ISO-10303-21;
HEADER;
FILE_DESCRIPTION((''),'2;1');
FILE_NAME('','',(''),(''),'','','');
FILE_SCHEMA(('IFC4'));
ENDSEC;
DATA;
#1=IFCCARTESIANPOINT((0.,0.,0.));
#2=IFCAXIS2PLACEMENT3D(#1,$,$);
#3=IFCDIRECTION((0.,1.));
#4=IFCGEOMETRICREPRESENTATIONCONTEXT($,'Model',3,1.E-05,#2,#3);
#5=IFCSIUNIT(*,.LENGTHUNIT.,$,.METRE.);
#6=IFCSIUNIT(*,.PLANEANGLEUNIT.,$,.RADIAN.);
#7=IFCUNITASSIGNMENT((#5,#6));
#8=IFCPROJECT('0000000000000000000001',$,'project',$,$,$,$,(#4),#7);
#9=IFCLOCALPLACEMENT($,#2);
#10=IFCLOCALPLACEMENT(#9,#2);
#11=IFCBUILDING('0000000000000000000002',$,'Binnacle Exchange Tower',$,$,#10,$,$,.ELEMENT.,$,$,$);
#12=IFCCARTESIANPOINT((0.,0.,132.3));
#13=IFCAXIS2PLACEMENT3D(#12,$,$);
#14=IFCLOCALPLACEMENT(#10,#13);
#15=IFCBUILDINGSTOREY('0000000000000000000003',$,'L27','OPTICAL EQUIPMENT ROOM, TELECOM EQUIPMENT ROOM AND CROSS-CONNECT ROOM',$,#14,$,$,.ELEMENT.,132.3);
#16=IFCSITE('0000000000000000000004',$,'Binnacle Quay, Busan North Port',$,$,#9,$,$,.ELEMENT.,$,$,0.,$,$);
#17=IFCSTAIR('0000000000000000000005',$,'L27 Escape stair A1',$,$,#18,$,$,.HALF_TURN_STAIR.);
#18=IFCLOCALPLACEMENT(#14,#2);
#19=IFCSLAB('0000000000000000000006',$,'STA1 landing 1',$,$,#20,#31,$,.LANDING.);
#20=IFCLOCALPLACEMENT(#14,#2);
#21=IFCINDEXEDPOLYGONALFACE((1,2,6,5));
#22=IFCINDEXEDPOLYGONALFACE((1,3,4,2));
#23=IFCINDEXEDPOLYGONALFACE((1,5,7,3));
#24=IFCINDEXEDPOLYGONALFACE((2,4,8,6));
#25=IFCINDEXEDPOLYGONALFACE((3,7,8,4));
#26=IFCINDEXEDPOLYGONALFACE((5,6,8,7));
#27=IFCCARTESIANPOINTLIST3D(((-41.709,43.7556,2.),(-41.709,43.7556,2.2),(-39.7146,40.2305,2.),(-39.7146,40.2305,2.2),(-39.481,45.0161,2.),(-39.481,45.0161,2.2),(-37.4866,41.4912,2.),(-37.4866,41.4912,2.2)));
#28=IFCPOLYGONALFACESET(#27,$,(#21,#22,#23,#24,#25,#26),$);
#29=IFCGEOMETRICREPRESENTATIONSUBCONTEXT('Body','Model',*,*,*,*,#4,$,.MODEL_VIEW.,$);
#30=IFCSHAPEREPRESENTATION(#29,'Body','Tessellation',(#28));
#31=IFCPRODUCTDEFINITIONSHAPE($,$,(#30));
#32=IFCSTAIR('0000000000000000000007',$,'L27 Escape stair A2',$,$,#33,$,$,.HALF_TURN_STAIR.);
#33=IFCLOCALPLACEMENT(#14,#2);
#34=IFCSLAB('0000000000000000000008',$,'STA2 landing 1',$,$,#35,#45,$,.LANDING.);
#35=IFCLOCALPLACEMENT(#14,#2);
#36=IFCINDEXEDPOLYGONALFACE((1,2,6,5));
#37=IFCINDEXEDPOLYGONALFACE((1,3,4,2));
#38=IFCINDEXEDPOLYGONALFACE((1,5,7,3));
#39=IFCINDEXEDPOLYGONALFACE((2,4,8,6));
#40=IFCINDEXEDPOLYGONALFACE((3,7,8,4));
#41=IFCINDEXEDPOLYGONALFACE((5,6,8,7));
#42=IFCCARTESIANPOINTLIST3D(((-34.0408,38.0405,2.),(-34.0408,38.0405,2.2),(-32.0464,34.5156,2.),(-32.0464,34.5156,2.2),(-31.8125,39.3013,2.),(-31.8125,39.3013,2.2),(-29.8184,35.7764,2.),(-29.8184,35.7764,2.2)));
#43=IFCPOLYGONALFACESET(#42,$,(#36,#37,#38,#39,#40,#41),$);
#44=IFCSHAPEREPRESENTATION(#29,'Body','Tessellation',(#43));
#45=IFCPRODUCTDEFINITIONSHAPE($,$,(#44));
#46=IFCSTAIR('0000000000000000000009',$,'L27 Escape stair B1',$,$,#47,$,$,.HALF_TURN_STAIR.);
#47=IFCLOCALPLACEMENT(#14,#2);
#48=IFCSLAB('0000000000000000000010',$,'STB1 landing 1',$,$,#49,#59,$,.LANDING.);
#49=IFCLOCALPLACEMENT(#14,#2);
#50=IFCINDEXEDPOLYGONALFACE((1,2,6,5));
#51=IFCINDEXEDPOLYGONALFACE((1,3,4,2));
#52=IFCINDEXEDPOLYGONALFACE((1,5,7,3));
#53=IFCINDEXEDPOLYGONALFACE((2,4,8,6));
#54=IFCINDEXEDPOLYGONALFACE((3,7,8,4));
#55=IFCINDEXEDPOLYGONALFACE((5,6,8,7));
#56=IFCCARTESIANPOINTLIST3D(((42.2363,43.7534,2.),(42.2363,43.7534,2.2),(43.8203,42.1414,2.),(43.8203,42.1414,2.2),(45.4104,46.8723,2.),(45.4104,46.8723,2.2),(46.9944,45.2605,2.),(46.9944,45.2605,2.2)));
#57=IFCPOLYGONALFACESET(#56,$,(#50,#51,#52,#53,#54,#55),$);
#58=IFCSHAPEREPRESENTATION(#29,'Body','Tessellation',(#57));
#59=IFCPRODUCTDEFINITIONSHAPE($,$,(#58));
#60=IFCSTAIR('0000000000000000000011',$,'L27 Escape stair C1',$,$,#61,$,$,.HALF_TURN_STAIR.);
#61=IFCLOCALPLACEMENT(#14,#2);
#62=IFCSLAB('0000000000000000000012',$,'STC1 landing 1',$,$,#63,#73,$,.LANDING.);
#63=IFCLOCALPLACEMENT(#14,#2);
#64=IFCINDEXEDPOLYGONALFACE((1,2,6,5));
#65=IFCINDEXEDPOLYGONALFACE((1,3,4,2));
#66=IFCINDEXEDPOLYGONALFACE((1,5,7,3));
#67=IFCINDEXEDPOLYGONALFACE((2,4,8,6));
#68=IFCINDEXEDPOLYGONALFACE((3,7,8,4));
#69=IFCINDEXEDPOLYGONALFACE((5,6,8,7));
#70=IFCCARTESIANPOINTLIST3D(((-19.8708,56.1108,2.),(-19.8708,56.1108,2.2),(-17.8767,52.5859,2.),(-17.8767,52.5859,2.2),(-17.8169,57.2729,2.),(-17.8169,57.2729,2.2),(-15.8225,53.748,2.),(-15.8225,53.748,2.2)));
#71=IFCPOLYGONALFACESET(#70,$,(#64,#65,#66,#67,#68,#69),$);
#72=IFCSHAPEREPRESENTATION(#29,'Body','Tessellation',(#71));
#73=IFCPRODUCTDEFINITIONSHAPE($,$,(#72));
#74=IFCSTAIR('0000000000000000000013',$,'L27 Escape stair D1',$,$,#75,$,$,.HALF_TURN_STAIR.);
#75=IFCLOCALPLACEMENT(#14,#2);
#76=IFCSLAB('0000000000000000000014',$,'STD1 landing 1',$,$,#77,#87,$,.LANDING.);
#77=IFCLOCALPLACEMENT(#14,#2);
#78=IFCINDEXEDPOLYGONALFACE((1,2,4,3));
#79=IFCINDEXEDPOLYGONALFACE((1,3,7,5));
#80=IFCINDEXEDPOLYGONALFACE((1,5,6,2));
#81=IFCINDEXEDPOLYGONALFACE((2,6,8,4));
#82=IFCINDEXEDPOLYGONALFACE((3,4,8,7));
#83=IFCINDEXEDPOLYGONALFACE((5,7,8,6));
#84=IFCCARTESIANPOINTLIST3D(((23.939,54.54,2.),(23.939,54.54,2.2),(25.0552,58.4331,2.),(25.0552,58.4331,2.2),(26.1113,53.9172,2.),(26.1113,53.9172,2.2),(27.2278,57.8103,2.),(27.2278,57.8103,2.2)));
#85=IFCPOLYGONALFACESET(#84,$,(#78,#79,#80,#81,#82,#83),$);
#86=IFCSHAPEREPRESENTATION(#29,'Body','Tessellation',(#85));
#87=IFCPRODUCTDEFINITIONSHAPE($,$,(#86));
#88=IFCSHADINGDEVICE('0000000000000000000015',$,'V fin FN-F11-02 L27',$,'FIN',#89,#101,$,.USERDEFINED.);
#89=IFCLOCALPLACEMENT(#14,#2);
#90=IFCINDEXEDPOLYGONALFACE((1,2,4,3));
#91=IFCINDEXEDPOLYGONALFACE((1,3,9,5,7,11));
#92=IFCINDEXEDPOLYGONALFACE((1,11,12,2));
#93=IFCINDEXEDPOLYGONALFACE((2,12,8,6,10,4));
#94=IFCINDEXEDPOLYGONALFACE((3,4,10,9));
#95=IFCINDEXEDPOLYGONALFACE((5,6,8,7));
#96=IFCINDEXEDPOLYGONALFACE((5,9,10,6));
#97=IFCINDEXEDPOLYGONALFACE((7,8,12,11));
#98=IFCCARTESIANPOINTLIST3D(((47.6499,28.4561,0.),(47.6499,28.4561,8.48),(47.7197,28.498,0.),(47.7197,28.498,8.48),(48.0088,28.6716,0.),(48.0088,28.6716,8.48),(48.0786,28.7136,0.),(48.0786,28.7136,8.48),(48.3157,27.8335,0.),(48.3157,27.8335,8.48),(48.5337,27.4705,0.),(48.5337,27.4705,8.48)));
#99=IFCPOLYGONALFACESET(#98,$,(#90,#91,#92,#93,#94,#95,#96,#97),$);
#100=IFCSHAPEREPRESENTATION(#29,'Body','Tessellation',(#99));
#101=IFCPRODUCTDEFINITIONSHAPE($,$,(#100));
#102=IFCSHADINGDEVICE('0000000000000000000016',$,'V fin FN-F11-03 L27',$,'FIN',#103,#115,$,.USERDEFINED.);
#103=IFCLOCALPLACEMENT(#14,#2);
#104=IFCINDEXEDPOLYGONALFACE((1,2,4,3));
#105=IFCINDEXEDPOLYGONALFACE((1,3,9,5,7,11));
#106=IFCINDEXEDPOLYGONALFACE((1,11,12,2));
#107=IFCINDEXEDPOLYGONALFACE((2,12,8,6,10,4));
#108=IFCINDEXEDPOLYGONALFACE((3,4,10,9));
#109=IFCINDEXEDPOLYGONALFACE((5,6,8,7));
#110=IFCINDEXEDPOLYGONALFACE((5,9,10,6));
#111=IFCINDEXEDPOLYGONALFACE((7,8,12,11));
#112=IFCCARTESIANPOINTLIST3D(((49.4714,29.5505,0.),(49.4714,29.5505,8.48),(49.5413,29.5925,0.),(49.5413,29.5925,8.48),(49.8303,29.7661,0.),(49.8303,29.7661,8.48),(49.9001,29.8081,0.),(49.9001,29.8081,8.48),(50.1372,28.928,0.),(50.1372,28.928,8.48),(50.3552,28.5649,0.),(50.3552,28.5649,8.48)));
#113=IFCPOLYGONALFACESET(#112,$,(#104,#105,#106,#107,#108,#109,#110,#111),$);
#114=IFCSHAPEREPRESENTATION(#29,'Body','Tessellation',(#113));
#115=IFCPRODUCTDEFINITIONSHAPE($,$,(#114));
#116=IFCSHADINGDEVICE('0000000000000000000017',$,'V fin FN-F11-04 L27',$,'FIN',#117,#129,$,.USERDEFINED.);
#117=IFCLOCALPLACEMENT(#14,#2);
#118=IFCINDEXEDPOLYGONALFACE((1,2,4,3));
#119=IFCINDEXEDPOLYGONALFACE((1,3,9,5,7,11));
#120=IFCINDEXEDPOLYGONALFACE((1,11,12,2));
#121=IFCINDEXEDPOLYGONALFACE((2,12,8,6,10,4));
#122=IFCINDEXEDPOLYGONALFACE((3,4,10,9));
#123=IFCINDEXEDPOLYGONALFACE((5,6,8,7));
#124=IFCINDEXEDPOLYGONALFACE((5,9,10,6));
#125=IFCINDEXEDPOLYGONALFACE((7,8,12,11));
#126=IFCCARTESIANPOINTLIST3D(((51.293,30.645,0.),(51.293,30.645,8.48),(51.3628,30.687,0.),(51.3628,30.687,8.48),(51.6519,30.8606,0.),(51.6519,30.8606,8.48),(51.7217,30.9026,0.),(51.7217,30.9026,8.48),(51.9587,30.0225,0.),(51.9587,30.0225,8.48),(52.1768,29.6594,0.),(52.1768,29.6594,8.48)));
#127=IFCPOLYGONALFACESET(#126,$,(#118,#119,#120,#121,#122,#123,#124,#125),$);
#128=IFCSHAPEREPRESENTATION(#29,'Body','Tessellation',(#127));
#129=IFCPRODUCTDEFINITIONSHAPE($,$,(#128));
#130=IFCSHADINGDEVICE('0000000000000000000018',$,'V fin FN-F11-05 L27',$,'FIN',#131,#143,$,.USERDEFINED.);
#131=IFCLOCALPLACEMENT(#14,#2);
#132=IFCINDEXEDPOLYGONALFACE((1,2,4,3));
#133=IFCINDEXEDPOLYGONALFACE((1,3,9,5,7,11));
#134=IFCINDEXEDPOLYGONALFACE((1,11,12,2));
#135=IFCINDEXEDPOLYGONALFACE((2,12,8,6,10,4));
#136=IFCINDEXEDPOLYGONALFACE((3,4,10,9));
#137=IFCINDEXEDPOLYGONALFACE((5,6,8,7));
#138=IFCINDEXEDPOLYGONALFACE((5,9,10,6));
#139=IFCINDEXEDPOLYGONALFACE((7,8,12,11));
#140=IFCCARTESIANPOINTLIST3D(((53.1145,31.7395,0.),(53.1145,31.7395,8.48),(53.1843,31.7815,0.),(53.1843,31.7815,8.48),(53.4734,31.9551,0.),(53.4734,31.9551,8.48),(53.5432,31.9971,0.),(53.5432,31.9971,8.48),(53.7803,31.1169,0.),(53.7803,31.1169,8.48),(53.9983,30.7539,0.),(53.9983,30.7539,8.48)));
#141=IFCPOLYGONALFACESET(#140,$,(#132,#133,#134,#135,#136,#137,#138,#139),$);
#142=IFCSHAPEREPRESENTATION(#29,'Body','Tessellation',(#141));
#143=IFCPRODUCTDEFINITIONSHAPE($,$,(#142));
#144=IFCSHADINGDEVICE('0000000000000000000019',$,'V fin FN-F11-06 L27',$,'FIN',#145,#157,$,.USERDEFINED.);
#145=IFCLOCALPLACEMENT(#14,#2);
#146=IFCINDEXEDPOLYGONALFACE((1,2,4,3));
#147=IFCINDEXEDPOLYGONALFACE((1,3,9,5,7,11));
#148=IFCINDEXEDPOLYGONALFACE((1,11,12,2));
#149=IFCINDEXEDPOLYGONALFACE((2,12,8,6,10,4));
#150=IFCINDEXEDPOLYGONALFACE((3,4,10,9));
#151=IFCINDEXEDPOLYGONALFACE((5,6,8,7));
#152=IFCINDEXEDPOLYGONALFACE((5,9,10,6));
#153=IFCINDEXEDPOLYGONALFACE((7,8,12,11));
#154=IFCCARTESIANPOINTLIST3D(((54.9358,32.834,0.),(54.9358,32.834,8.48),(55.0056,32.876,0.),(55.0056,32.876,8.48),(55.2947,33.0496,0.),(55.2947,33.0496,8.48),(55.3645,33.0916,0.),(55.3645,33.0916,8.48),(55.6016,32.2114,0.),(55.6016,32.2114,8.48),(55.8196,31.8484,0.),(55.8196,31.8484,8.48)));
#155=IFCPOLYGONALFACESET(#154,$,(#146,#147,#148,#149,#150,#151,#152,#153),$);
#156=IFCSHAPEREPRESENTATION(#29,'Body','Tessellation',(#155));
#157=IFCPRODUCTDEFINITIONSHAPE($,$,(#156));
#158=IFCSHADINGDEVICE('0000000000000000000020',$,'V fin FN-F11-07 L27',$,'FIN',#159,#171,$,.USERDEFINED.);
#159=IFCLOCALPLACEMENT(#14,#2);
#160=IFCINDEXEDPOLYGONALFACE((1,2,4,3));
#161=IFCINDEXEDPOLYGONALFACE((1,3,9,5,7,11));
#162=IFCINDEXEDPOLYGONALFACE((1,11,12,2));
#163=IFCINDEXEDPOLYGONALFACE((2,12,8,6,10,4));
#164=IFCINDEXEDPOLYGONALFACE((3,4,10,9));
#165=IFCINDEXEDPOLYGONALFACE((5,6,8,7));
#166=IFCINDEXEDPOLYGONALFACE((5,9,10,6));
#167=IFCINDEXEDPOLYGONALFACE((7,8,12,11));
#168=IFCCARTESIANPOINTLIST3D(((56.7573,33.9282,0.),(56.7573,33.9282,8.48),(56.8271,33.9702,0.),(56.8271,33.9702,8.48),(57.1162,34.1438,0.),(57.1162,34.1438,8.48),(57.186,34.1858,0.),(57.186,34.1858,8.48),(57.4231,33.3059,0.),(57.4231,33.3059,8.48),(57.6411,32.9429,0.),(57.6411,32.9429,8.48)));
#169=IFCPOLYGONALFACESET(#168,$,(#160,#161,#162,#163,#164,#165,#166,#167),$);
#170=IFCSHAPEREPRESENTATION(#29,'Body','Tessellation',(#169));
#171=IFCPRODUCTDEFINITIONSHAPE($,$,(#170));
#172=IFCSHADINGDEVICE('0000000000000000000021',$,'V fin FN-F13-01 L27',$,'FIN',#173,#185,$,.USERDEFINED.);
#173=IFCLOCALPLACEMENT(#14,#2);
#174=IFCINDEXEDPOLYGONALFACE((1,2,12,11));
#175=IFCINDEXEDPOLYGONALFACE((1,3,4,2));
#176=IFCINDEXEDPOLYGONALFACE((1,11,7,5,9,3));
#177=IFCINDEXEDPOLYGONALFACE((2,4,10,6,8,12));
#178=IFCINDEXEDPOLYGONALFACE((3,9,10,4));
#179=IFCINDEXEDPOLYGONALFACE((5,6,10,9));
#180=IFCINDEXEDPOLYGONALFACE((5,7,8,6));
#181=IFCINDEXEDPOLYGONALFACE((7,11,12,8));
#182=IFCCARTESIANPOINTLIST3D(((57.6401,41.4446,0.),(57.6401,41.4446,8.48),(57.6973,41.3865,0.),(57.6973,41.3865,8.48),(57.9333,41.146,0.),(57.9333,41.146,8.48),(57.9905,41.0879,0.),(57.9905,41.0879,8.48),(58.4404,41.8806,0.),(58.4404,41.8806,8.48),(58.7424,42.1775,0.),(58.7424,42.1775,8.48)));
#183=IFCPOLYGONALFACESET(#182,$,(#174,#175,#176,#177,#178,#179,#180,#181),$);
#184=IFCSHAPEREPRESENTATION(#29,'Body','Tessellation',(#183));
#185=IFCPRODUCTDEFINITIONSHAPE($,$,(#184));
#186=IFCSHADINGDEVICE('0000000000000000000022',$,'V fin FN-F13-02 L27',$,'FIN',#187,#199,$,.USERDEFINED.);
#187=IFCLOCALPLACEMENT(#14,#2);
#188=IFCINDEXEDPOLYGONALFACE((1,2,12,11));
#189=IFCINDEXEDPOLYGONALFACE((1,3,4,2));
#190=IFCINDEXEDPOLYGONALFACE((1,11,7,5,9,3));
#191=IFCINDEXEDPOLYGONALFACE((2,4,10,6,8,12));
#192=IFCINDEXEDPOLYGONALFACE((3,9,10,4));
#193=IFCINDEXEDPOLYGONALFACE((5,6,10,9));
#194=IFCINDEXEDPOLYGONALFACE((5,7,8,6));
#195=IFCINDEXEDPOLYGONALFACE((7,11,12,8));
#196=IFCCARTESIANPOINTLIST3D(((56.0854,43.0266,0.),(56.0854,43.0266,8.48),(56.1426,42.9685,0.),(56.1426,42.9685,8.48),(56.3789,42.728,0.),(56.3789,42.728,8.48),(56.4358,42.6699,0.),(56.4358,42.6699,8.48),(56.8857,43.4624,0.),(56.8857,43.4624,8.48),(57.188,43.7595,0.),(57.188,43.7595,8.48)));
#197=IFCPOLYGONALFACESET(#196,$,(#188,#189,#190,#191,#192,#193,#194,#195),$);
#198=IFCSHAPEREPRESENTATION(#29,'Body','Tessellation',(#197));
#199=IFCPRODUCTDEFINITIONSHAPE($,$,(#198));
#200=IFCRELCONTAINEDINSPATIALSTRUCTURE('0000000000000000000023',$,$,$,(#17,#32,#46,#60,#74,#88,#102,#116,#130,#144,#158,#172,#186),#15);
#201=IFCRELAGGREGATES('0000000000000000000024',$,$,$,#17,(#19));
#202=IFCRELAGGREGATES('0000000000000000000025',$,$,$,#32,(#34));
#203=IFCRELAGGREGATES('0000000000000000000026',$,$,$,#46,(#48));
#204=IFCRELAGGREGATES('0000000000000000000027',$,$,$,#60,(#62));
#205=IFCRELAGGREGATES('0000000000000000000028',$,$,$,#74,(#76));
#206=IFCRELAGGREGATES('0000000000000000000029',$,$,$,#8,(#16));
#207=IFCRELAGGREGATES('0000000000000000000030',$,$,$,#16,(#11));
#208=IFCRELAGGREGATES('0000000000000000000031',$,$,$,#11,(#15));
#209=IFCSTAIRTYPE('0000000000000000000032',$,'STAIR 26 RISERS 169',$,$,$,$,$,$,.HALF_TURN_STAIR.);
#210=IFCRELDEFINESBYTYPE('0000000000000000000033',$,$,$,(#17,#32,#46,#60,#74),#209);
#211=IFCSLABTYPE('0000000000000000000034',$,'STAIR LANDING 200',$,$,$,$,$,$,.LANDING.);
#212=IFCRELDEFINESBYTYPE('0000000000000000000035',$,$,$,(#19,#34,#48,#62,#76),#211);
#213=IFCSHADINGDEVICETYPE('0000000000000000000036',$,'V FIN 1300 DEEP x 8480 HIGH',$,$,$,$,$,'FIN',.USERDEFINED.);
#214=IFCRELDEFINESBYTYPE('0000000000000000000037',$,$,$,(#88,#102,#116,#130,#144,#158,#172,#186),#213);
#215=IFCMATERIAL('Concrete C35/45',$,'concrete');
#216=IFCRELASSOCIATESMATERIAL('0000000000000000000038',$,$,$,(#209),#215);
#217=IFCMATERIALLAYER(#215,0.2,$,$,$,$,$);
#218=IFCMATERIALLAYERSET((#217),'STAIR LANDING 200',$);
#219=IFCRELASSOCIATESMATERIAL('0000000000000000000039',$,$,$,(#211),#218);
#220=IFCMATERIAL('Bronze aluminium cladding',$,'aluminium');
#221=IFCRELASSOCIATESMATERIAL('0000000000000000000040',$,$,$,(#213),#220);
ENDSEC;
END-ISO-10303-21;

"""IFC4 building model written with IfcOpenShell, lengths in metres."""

from ifc_helpers import new_model, si_unit, direction, frame, origin, place, context, subcontext, project, spatial, polyline, outline, extrude, material, layer, layer_set, type_object, element, aggregate, save


model = new_model("IFC4")

# Units and contexts
model_context = context("Model", 3, precision=1e-05, world=origin(), true_north=direction((0.0, 1.0)))
body_context = subcontext(model_context, "Body", "Model", "MODEL_VIEW")
ifc_project = project(units=[si_unit("LENGTHUNIT", "METRE"), si_unit("PLANEANGLEUNIT", "RADIAN")], contexts=[model_context])

# Site, building, storey
site_placement = place(None, origin())
site = spatial("IfcSite", under=ifc_project, at=site_placement, Name="Binnacle Quay, Busan North Port", CompositionType="ELEMENT", RefElevation=0.0)
building_placement = place(site_placement, origin())
building = spatial("IfcBuilding", under=site, at=building_placement, Name="Binnacle Exchange Tower", CompositionType="ELEMENT")
storey_placement = place(building_placement, frame((0.0, 0.0, 132.3)))
storey = spatial("IfcBuildingStorey", under=building, at=storey_placement, Name="L27", Description="OPTICAL EQUIPMENT ROOM, TELECOM EQUIPMENT ROOM AND CROSS-CONNECT ROOM", CompositionType="ELEMENT", Elevation=132.3)

# Stairs, slabs
ifc_material_1 = material(Name="Concrete C35/45", Category="concrete")
stair_type = type_object("IfcStairType", Name="STAIR 26 RISERS 169", PredefinedType="HALF_TURN_STAIR", material=ifc_material_1)
stair_1_placement = place(storey_placement, origin())
stair_1 = element("IfcStair", 1, at=stair_1_placement, inside=storey, type_object=stair_type, Name="L27 Escape stair A1", PredefinedType="HALF_TURN_STAIR")
ifc_layer = layer(ifc_material_1, 0.2)
ifc_layer_set = layer_set([ifc_layer], Name="STAIR LANDING 200")
slab_type = type_object("IfcSlabType", Name="STAIR LANDING 200", PredefinedType="LANDING", material=ifc_layer_set)
slab_1_placement = place(storey_placement, frame((0.0, 0.0, 2.0)))
slab_1 = element("IfcSlab", 2, at=slab_1_placement, type_object=slab_type, Name="STA1 landing 1", PredefinedType="LANDING", context=body_context, shape_type="SweptSolid", body=[
    extrude(outline(polyline([(-39.7146, 40.2305), (-37.4866, 41.4912), (-39.481, 45.0161), (-41.709, 43.7556), (-39.7146, 40.2305)])), origin(), (0.0, 0.0, 1.0), 0.2),
])
aggregate(stair_1, [slab_1])
stair_2_placement = place(storey_placement, origin())
stair_2 = element("IfcStair", 3, at=stair_2_placement, inside=storey, type_object=stair_type, Name="L27 Escape stair A2", PredefinedType="HALF_TURN_STAIR")
slab_2_placement = place(storey_placement, frame((0.0, 0.0, 2.0)))
slab_2 = element("IfcSlab", 4, at=slab_2_placement, type_object=slab_type, Name="STA2 landing 1", PredefinedType="LANDING", context=body_context, shape_type="SweptSolid", body=[
    extrude(outline(polyline([(-31.8125, 39.3013), (-34.0408, 38.0405), (-32.0464, 34.5156), (-29.8184, 35.7764), (-31.8125, 39.3013)])), origin(), (0.0, 0.0, 1.0), 0.2),
])
aggregate(stair_2, [slab_2])
stair_3_placement = place(storey_placement, origin())
stair_3 = element("IfcStair", 5, at=stair_3_placement, inside=storey, type_object=stair_type, Name="L27 Escape stair B1", PredefinedType="HALF_TURN_STAIR")
slab_3_placement = place(storey_placement, frame((0.0, 0.0, 2.0)))
slab_3 = element("IfcSlab", 6, at=slab_3_placement, type_object=slab_type, Name="STB1 landing 1", PredefinedType="LANDING", context=body_context, shape_type="SweptSolid", body=[
    extrude(outline(polyline([(42.2363, 43.7534), (43.8203, 42.1414), (46.9944, 45.2605), (45.4104, 46.8723), (42.2363, 43.7534)])), origin(), (0.0, 0.0, 1.0), 0.2),
])
aggregate(stair_3, [slab_3])
stair_4_placement = place(storey_placement, origin())
stair_4 = element("IfcStair", 7, at=stair_4_placement, inside=storey, type_object=stair_type, Name="L27 Escape stair C1", PredefinedType="HALF_TURN_STAIR")
slab_4_placement = place(storey_placement, frame((0.0, 0.0, 2.0)))
slab_4 = element("IfcSlab", 8, at=slab_4_placement, type_object=slab_type, Name="STC1 landing 1", PredefinedType="LANDING", context=body_context, shape_type="SweptSolid", body=[
    extrude(outline(polyline([(-17.8767, 52.5859), (-15.8225, 53.748), (-17.8169, 57.2729), (-19.8708, 56.1108), (-17.8767, 52.5859)])), origin(), (0.0, 0.0, 1.0), 0.2),
])
aggregate(stair_4, [slab_4])
stair_5_placement = place(storey_placement, origin())
stair_5 = element("IfcStair", 9, at=stair_5_placement, inside=storey, type_object=stair_type, Name="L27 Escape stair D1", PredefinedType="HALF_TURN_STAIR")
slab_5_placement = place(storey_placement, frame((0.0, 0.0, 2.0)))
slab_5 = element("IfcSlab", 10, at=slab_5_placement, type_object=slab_type, Name="STD1 landing 1", PredefinedType="LANDING", context=body_context, shape_type="SweptSolid", body=[
    extrude(outline(polyline([(23.939, 54.54), (26.1113, 53.9172), (27.2278, 57.8103), (25.0552, 58.4331), (23.939, 54.54)])), origin(), (0.0, 0.0, 1.0), 0.2),
])
aggregate(stair_5, [slab_5])

# Shading devices
ifc_material_2 = material(Name="Bronze aluminium cladding", Category="aluminium")
shading_device_type = type_object("IfcShadingDeviceType", Name="V FIN 1300 DEEP x 8480 HIGH", ElementType="FIN", PredefinedType="USERDEFINED", material=ifc_material_2)
shading_device_1_placement = place(storey_placement, origin())
element("IfcShadingDevice", 11, at=shading_device_1_placement, inside=storey, type_object=shading_device_type, Name="V fin FN-F11-02 L27", ObjectType="FIN", PredefinedType="USERDEFINED", context=body_context, shape_type="SweptSolid", body=[
    extrude(outline(polyline([(47.6499, 28.4561), (48.5337, 27.4705), (48.0786, 28.7136), (48.0088, 28.6716), (48.3157, 27.8335), (47.7197, 28.498), (47.6499, 28.4561)])), origin(), (0.0, 0.0, 1.0), 8.48),
])
shading_device_2_placement = place(storey_placement, origin())
element("IfcShadingDevice", 12, at=shading_device_2_placement, inside=storey, type_object=shading_device_type, Name="V fin FN-F11-03 L27", ObjectType="FIN", PredefinedType="USERDEFINED", context=body_context, shape_type="SweptSolid", body=[
    extrude(outline(polyline([(49.4714, 29.5505), (50.3552, 28.5649), (49.9001, 29.8081), (49.8303, 29.7661), (50.1372, 28.928), (49.5413, 29.5925), (49.4714, 29.5505)])), origin(), (0.0, 0.0, 1.0), 8.48),
])
shading_device_3_placement = place(storey_placement, origin())
element("IfcShadingDevice", 13, at=shading_device_3_placement, inside=storey, type_object=shading_device_type, Name="V fin FN-F11-04 L27", ObjectType="FIN", PredefinedType="USERDEFINED", context=body_context, shape_type="SweptSolid", body=[
    extrude(outline(polyline([(51.293, 30.645), (52.1768, 29.6594), (51.7217, 30.9026), (51.6519, 30.8606), (51.9587, 30.0225), (51.3628, 30.687), (51.293, 30.645)])), origin(), (0.0, 0.0, 1.0), 8.48),
])
shading_device_4_placement = place(storey_placement, origin())
element("IfcShadingDevice", 14, at=shading_device_4_placement, inside=storey, type_object=shading_device_type, Name="V fin FN-F11-05 L27", ObjectType="FIN", PredefinedType="USERDEFINED", context=body_context, shape_type="SweptSolid", body=[
    extrude(outline(polyline([(53.1145, 31.7395), (53.9983, 30.7539), (53.5432, 31.9971), (53.4734, 31.9551), (53.7803, 31.1169), (53.1843, 31.7815), (53.1145, 31.7395)])), origin(), (0.0, 0.0, 1.0), 8.48),
])
shading_device_5_placement = place(storey_placement, origin())
element("IfcShadingDevice", 15, at=shading_device_5_placement, inside=storey, type_object=shading_device_type, Name="V fin FN-F11-06 L27", ObjectType="FIN", PredefinedType="USERDEFINED", context=body_context, shape_type="SweptSolid", body=[
    extrude(outline(polyline([(54.9358, 32.834), (55.8196, 31.8484), (55.3645, 33.0916), (55.2947, 33.0496), (55.6016, 32.2114), (55.0056, 32.876), (54.9358, 32.834)])), origin(), (0.0, 0.0, 1.0), 8.48),
])
shading_device_6_placement = place(storey_placement, origin())
element("IfcShadingDevice", 16, at=shading_device_6_placement, inside=storey, type_object=shading_device_type, Name="V fin FN-F11-07 L27", ObjectType="FIN", PredefinedType="USERDEFINED", context=body_context, shape_type="SweptSolid", body=[
    extrude(outline(polyline([(56.7573, 33.9282), (57.6411, 32.9429), (57.186, 34.1858), (57.1162, 34.1438), (57.4231, 33.3059), (56.8271, 33.9702), (56.7573, 33.9282)])), origin(), (0.0, 0.0, 1.0), 8.48),
])
shading_device_7_placement = place(storey_placement, origin())
element("IfcShadingDevice", 17, at=shading_device_7_placement, inside=storey, type_object=shading_device_type, Name="V fin FN-F13-01 L27", ObjectType="FIN", PredefinedType="USERDEFINED", context=body_context, shape_type="SweptSolid", body=[
    extrude(outline(polyline([(57.9905, 41.0879), (58.7424, 42.1775), (57.6401, 41.4446), (57.6973, 41.3865), (58.4404, 41.8806), (57.9333, 41.146), (57.9905, 41.0879)])), origin(), (0.0, 0.0, 1.0), 8.48),
])
shading_device_8_placement = place(storey_placement, origin())
element("IfcShadingDevice", 18, at=shading_device_8_placement, inside=storey, type_object=shading_device_type, Name="V fin FN-F13-02 L27", ObjectType="FIN", PredefinedType="USERDEFINED", context=body_context, shape_type="SweptSolid", body=[
    extrude(outline(polyline([(56.4358, 42.6699), (57.188, 43.7595), (56.0854, 43.0266), (56.1426, 42.9685), (56.8857, 43.4624), (56.3789, 42.728), (56.4358, 42.6699)])), origin(), (0.0, 0.0, 1.0), 8.48),
])

save(model, "model.ifc")
